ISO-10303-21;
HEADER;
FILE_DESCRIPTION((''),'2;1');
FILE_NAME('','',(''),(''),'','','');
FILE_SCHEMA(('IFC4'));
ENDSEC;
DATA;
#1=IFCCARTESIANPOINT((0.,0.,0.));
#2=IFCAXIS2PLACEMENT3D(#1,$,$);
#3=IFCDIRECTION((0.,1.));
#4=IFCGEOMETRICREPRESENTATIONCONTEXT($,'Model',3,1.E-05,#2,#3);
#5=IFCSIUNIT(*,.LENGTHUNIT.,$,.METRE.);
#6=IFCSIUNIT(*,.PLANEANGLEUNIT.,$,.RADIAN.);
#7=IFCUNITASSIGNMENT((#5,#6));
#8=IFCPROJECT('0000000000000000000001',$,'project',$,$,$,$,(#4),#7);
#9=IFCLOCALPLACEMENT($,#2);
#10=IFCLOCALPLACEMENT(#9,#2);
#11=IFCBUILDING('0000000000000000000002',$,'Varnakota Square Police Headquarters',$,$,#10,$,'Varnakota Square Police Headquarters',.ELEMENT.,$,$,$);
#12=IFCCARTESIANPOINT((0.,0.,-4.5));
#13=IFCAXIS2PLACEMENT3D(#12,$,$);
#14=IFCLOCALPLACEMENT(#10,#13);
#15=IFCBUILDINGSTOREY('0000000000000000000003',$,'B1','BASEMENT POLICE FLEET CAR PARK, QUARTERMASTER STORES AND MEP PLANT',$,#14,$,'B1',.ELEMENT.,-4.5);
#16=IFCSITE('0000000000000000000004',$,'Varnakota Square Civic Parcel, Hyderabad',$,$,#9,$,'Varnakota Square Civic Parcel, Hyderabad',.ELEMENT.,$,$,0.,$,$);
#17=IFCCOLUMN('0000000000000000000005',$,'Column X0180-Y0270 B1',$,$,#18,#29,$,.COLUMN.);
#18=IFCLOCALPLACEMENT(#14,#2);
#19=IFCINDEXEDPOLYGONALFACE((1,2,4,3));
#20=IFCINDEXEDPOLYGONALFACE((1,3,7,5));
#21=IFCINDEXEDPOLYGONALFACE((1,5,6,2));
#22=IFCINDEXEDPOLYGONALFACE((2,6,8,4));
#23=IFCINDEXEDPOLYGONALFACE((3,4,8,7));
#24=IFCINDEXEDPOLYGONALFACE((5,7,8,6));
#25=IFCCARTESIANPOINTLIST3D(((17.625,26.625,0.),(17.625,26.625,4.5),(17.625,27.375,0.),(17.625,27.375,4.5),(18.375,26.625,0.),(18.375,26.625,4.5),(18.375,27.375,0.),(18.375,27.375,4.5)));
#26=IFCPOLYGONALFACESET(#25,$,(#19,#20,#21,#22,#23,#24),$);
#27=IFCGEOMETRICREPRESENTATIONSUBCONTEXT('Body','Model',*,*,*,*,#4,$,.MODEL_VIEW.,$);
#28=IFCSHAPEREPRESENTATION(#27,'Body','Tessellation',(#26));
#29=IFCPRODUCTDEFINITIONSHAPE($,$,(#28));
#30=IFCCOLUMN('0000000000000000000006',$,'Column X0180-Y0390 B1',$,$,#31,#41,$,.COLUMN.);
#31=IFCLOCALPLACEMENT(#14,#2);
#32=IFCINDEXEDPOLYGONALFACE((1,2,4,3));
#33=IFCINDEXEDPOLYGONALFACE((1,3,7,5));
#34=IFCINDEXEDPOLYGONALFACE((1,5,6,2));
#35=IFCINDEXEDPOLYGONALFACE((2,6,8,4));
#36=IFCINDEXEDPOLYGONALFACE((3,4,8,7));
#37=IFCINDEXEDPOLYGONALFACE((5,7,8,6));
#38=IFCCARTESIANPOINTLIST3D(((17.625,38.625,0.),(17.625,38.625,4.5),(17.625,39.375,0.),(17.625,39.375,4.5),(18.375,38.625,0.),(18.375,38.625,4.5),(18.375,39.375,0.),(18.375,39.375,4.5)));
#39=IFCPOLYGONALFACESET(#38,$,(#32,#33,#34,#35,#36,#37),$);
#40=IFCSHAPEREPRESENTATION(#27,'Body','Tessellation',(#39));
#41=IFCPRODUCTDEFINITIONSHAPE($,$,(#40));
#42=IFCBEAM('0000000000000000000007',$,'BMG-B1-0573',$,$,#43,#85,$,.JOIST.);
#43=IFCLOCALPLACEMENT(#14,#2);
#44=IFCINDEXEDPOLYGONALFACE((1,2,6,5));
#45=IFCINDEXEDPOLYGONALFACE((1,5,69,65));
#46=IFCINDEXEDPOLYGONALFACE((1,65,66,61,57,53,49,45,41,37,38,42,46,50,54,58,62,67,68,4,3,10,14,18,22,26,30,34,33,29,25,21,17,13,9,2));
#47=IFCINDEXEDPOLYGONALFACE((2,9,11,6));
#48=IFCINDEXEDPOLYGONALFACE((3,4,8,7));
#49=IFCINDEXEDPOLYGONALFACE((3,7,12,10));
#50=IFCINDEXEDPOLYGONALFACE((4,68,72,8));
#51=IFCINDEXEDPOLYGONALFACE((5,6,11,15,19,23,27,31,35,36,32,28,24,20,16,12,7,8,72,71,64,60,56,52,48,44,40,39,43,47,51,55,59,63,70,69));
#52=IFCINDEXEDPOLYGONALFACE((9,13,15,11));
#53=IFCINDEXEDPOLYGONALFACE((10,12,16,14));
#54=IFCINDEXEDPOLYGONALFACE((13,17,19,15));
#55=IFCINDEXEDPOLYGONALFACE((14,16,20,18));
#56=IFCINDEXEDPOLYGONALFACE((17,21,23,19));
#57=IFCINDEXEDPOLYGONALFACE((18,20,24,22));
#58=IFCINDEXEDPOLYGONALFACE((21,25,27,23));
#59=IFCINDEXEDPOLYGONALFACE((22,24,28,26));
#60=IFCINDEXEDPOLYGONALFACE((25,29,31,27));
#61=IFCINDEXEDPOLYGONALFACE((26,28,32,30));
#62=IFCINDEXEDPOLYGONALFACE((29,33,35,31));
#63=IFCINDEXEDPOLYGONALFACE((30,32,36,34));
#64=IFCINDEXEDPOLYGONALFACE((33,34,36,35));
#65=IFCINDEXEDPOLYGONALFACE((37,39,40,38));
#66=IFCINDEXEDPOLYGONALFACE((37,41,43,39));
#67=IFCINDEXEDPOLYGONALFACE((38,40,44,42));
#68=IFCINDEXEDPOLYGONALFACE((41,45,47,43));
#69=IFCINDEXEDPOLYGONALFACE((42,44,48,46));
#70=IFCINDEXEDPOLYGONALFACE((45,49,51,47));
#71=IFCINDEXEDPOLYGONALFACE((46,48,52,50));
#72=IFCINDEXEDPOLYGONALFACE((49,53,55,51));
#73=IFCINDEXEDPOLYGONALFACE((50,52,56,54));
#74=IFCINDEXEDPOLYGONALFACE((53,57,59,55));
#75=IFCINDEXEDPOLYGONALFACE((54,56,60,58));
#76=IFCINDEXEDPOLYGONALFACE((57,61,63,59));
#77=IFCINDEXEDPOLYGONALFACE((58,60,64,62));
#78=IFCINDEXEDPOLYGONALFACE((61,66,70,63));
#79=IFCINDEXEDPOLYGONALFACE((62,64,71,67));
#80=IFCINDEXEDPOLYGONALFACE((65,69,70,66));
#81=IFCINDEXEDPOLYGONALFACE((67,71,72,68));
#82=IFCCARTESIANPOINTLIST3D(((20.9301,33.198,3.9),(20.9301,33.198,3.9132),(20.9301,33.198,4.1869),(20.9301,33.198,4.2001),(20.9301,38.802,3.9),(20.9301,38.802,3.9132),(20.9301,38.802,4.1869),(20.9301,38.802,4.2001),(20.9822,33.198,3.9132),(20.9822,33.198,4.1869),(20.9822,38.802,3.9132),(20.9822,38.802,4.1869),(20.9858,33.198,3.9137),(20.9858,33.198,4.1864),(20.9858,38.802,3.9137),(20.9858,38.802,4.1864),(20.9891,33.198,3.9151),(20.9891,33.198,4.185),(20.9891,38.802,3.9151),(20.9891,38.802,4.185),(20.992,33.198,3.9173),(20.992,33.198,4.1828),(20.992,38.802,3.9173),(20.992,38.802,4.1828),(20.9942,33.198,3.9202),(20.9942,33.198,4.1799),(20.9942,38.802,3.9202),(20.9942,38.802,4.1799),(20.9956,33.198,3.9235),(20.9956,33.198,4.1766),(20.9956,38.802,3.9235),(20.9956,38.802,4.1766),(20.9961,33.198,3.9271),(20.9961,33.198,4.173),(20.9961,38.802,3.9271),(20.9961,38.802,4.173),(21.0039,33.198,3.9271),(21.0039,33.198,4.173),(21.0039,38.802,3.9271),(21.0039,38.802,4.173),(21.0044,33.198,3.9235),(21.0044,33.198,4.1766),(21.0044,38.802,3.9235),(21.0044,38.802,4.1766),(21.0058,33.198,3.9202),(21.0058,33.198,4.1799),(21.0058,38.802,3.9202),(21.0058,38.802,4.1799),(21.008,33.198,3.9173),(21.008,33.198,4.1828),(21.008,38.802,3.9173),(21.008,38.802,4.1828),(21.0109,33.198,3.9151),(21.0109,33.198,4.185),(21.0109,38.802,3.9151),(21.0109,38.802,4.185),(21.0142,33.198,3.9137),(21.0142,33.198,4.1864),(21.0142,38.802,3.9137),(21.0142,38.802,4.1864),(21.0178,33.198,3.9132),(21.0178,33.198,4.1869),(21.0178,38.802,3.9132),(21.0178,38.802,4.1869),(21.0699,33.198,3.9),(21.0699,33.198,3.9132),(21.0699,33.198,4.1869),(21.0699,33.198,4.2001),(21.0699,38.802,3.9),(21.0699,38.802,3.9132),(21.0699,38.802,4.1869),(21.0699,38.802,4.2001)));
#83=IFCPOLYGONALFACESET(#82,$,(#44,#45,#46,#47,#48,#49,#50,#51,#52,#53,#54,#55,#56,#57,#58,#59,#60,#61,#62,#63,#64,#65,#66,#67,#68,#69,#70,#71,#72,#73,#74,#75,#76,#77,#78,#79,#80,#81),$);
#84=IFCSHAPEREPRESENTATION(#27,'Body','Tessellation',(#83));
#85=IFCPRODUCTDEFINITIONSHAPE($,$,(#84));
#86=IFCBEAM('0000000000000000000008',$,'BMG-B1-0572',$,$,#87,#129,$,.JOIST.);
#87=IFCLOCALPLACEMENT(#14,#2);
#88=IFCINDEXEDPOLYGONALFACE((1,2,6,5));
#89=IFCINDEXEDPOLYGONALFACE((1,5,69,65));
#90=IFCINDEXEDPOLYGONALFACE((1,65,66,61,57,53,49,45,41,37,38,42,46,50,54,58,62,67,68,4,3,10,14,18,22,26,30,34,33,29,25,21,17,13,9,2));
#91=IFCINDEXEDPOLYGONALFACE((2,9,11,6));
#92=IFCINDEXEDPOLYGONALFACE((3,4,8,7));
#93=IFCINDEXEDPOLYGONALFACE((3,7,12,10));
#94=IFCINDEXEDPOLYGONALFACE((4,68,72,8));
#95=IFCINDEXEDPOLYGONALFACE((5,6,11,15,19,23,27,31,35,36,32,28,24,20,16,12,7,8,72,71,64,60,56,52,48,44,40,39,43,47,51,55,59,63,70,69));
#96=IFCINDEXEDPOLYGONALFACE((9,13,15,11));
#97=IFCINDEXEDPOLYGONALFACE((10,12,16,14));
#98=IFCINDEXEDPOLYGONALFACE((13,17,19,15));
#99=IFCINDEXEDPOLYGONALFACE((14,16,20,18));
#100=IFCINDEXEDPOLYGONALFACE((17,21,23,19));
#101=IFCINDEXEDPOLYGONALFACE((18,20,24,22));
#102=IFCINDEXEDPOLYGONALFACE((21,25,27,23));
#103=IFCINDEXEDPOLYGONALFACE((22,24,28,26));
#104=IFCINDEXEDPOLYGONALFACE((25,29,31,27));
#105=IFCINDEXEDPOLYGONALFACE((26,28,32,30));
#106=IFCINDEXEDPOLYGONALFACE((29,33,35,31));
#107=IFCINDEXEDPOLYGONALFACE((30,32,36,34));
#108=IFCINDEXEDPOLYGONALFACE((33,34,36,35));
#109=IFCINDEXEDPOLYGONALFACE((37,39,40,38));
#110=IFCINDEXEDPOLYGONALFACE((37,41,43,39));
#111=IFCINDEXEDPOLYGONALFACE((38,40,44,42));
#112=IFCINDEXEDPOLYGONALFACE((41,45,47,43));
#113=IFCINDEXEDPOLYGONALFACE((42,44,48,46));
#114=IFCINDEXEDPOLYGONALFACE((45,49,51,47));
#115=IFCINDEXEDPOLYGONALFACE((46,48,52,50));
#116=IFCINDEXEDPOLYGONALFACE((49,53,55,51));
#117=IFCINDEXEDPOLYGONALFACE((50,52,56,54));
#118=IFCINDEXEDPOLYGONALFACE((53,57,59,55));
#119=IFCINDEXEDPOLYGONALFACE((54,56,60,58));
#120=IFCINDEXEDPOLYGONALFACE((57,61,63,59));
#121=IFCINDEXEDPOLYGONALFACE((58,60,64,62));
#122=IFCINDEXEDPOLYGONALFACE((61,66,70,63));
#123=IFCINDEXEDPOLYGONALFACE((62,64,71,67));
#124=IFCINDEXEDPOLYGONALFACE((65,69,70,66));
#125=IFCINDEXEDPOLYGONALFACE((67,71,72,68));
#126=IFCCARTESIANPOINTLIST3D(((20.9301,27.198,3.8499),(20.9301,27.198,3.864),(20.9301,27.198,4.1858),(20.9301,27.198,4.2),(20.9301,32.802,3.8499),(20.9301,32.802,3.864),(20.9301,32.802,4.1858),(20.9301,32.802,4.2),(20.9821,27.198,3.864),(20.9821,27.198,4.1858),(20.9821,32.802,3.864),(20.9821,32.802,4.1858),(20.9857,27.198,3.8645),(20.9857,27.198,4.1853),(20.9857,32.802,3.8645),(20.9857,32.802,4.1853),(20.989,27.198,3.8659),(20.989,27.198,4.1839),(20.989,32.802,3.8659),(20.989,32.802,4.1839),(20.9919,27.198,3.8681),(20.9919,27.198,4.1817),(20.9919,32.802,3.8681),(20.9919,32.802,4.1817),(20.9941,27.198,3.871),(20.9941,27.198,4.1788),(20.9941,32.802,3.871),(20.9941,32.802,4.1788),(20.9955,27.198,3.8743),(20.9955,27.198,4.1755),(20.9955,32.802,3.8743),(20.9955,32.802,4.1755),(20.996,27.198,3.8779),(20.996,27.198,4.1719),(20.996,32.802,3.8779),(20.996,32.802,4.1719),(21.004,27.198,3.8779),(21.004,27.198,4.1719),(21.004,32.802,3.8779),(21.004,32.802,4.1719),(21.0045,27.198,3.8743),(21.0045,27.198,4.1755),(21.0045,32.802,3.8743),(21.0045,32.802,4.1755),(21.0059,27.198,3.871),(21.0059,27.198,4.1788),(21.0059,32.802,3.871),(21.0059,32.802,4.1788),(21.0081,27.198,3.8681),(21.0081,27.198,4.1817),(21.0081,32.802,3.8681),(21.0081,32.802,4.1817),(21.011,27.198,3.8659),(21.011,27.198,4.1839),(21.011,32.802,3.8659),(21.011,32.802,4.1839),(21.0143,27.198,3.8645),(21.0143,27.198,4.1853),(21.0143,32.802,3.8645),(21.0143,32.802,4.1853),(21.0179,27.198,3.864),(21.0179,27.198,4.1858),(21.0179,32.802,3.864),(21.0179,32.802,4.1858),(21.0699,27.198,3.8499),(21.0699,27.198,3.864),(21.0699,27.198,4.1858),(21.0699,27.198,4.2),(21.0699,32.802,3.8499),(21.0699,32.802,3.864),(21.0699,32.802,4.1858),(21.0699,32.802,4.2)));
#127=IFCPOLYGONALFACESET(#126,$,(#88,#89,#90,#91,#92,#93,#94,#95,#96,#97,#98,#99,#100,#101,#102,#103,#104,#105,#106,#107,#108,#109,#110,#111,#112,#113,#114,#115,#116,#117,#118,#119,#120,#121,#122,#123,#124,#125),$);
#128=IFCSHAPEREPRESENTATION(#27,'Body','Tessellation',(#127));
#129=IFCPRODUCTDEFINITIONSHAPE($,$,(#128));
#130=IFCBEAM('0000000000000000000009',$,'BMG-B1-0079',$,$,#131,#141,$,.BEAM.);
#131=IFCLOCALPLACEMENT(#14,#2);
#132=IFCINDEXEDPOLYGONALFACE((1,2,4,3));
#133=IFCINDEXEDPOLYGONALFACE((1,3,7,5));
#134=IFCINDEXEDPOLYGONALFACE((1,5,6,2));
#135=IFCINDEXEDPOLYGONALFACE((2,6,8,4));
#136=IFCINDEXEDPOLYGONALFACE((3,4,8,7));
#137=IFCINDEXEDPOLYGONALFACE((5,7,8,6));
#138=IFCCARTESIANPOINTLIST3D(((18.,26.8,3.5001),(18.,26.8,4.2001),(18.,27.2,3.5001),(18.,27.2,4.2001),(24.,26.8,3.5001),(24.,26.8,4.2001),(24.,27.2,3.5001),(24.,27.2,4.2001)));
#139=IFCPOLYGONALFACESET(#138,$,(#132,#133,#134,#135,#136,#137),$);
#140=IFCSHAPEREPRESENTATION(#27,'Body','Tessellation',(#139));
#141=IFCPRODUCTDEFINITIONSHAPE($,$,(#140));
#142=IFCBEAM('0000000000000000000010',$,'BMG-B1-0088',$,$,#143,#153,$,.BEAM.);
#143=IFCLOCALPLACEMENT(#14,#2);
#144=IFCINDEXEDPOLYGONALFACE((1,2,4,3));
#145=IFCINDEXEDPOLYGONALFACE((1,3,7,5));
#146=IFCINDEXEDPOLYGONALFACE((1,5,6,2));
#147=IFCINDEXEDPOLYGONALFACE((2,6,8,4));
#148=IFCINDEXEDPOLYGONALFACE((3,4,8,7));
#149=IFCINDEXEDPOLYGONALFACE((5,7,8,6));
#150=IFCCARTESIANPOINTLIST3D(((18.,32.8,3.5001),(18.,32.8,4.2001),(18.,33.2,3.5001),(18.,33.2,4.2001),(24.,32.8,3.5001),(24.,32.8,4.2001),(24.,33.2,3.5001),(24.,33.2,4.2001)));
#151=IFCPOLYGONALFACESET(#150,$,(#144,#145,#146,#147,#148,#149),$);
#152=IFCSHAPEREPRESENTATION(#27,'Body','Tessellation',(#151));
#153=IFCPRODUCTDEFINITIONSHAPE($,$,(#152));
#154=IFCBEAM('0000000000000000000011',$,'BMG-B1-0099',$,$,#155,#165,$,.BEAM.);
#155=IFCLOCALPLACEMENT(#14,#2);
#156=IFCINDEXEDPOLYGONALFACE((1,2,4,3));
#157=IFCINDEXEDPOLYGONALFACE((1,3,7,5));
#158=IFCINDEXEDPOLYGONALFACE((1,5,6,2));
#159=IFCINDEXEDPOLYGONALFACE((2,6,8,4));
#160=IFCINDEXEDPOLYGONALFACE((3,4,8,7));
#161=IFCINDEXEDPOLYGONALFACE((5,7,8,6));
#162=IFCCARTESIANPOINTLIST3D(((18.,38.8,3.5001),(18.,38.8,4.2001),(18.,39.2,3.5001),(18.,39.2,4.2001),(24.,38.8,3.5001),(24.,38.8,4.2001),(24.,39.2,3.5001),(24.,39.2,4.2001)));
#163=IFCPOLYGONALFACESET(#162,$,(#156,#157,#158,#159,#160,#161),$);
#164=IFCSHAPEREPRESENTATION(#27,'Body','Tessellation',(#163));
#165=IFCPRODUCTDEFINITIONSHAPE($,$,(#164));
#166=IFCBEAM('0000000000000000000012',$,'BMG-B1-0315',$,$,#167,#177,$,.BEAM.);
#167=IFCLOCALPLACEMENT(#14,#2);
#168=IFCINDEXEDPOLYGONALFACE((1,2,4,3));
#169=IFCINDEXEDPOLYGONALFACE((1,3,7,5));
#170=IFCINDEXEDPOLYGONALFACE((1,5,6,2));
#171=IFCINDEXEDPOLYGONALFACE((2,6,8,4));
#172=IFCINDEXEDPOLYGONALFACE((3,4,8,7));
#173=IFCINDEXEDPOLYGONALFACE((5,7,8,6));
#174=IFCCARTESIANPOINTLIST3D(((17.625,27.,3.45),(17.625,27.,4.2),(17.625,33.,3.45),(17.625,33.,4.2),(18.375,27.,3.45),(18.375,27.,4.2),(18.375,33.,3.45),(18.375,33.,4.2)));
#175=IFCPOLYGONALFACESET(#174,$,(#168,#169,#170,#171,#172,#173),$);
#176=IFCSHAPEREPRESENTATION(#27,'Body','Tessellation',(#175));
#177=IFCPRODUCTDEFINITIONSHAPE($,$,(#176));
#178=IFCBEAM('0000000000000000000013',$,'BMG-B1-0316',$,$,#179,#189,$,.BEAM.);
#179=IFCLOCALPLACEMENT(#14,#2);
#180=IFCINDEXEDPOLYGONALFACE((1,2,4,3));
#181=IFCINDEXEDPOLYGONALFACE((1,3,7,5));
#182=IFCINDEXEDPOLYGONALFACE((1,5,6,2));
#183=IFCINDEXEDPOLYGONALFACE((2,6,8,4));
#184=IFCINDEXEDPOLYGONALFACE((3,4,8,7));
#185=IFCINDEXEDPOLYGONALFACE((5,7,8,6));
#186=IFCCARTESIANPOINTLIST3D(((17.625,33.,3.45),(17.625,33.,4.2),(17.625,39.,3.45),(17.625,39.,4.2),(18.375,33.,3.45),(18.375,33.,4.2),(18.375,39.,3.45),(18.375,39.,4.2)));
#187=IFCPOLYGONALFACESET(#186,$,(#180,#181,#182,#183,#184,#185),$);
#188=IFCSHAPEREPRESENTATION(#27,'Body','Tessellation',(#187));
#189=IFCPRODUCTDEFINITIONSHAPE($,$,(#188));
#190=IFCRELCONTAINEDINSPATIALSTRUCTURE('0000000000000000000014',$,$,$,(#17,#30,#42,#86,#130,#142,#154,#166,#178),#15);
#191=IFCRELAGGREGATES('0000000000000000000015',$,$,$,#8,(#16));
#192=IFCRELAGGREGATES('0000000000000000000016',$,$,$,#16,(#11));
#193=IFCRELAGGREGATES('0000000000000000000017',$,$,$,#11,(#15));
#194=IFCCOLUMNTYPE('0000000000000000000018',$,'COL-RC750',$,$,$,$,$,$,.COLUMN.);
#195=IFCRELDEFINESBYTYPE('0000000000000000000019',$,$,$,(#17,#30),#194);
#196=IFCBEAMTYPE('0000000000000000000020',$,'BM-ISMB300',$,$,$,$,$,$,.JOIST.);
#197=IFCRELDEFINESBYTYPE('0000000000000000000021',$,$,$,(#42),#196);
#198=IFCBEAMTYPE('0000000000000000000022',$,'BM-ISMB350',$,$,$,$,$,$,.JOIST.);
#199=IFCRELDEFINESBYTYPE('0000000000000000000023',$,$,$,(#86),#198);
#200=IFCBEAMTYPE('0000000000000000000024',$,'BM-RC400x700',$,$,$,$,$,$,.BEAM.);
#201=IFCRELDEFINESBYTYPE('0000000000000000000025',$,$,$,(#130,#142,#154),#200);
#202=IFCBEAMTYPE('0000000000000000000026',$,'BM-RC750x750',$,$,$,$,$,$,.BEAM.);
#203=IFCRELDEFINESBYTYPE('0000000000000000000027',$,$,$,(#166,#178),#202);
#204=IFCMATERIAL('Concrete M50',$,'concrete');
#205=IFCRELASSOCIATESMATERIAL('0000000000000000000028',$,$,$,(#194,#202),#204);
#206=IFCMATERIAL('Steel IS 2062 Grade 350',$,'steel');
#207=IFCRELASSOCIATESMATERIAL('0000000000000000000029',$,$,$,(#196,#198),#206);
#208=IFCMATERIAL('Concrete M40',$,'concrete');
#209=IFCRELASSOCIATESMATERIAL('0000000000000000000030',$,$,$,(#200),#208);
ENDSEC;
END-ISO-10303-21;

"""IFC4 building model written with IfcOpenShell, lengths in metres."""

from ifc_helpers import new_model, si_unit, direction, frame, origin, origin_2d, place, context, subcontext, project, spatial, rectangle, i_section, extrude, material, material_profile, profile_set, type_object, element, save


model = new_model("IFC4")

# Units and contexts
model_context = context("Model", 3, precision=1e-05, world=origin(), true_north=direction((0.0, 1.0)))
body_context = subcontext(model_context, "Body", "Model", "MODEL_VIEW")
ifc_project = project(units=[si_unit("LENGTHUNIT", "METRE"), si_unit("PLANEANGLEUNIT", "RADIAN")], contexts=[model_context])

# Site, building, storey
site_placement = place(None, origin())
site = spatial("IfcSite", under=ifc_project, at=site_placement, Name="Varnakota Square Civic Parcel, Hyderabad", LongName="Varnakota Square Civic Parcel, Hyderabad", CompositionType="ELEMENT", RefElevation=0.0)
building_placement = place(site_placement, origin())
building = spatial("IfcBuilding", under=site, at=building_placement, Name="Varnakota Square Police Headquarters", LongName="Varnakota Square Police Headquarters", CompositionType="ELEMENT")
storey_placement = place(building_placement, frame((0.0, 0.0, -4.5)))
storey = spatial("IfcBuildingStorey", under=building, at=storey_placement, Name="B1", Description="BASEMENT POLICE FLEET CAR PARK, QUARTERMASTER STORES AND MEP PLANT", LongName="B1", CompositionType="ELEMENT", Elevation=-4.5)

# Shared definitions
ifc_material_1 = material(Name="Concrete M50", Category="concrete")

# Columns
ifc_material_profile_1 = material_profile(ifc_material_1, rectangle(XDim=0.75, YDim=0.75, at=origin_2d()), Name="RC 750x750")
ifc_profile_set_1 = profile_set([ifc_material_profile_1], Name="Concrete M50")
column_type_1 = type_object("IfcColumnType", Name="COL-RC750", PredefinedType="COLUMN", material=ifc_profile_set_1)
for number, where, z_axis, x_axis, name in (
    (1, (18.0, 27.0, 0.0), (0.0, 0.0, 1.0), (1.0, 0.0, 0.0), "Column X0180-Y0270 B1"),
    (2, (18.0, 39.0, 0.0), (0.0, 0.0, 1.0), (1.0, 0.0, 0.0), "Column X0180-Y0390 B1"),
):
    element("IfcColumn", number, at=place(storey_placement, frame(where, z_axis=z_axis, x_axis=x_axis)), inside=storey, type_object=column_type_1, Name=name, PredefinedType="COLUMN", context=body_context, shape_type="SweptSolid", body=[
        extrude(rectangle(XDim=0.75, YDim=0.75, at=origin_2d()), origin(), (0.0, 0.0, 1.0), 4.5),
    ])

# Beams
ifc_material_2 = material(Name="Steel IS 2062 Grade 350", Category="steel")
ifc_material_profile_2 = material_profile(ifc_material_2, i_section(OverallWidth=0.1399, OverallDepth=0.3, WebThickness=0.0078, FlangeThickness=0.0132, FilletRadius=0.0139, at=origin_2d()), Name="ISMB 300")
ifc_profile_set_2 = profile_set([ifc_material_profile_2], Name="Steel IS 2062 Grade 350")
beam_type_1 = type_object("IfcBeamType", Name="BM-ISMB300", PredefinedType="JOIST", material=ifc_profile_set_2)
beam_1_placement = place(storey_placement, frame((21.0, 33.198, 4.05), z_axis=(0.0, 1.0, 0.0), x_axis=(-1.0, 0.0, 0.0)))
element("IfcBeam", 3, at=beam_1_placement, inside=storey, type_object=beam_type_1, Name="BMG-B1-0573", PredefinedType="JOIST", context=body_context, shape_type="SweptSolid", body=[
    extrude(i_section(OverallWidth=0.1399, OverallDepth=0.3, WebThickness=0.0078, FlangeThickness=0.0132, FilletRadius=0.0139, at=origin_2d()), origin(), (0.0, 0.0, 1.0), 5.604),
])
ifc_material_profile_3 = material_profile(ifc_material_2, i_section(OverallWidth=0.1399, OverallDepth=0.3501, WebThickness=0.0081, FlangeThickness=0.0142, FilletRadius=0.0139, at=origin_2d()), Name="ISMB 350")
ifc_profile_set_3 = profile_set([ifc_material_profile_3], Name="Steel IS 2062 Grade 350")
beam_type_2 = type_object("IfcBeamType", Name="BM-ISMB350", PredefinedType="JOIST", material=ifc_profile_set_3)
beam_2_placement = place(storey_placement, frame((21.0, 27.198, 4.0249), z_axis=(0.0, 1.0, 0.0), x_axis=(-1.0, 0.0, 0.0)))
element("IfcBeam", 4, at=beam_2_placement, inside=storey, type_object=beam_type_2, Name="BMG-B1-0572", PredefinedType="JOIST", context=body_context, shape_type="SweptSolid", body=[
    extrude(i_section(OverallWidth=0.1399, OverallDepth=0.3501, WebThickness=0.0081, FlangeThickness=0.0142, FilletRadius=0.0139, at=origin_2d()), origin(), (0.0, 0.0, 1.0), 5.604),
])
ifc_material_3 = material(Name="Concrete M40", Category="concrete")
ifc_material_profile_4 = material_profile(ifc_material_3, rectangle(XDim=0.3999, YDim=0.7, at=origin_2d()), Name="RC 400x700")
ifc_profile_set_4 = profile_set([ifc_material_profile_4], Name="Concrete M40")
beam_type_3 = type_object("IfcBeamType", Name="BM-RC400x700", PredefinedType="BEAM", material=ifc_profile_set_4)
for number, where, z_axis, x_axis, name in (
    (5, (18.0, 27.0, 3.8501), (1.0, 0.0, 0.0), (0.0, 1.0, 0.0), "BMG-B1-0079"),
    (6, (18.0, 33.0, 3.8501), (1.0, 0.0, 0.0), (0.0, 1.0, 0.0), "BMG-B1-0088"),
    (7, (18.0, 39.0, 3.8501), (1.0, 0.0, 0.0), (0.0, 1.0, 0.0), "BMG-B1-0099"),
):
    element("IfcBeam", number, at=place(storey_placement, frame(where, z_axis=z_axis, x_axis=x_axis)), inside=storey, type_object=beam_type_3, Name=name, PredefinedType="BEAM", context=body_context, shape_type="SweptSolid", body=[
        extrude(rectangle(XDim=0.3999, YDim=0.7, at=origin_2d()), origin(), (0.0, 0.0, 1.0), 6.0),
    ])
ifc_material_profile_5 = material_profile(ifc_material_1, rectangle(XDim=0.75, YDim=0.75, at=origin_2d()), Name="RC 750x750")
ifc_profile_set_5 = profile_set([ifc_material_profile_5], Name="Concrete M50")
beam_type_4 = type_object("IfcBeamType", Name="BM-RC750x750", PredefinedType="BEAM", material=ifc_profile_set_5)
for number, where, z_axis, x_axis, name in (
    (8, (18.0, 27.0, 3.825), (0.0, 1.0, 0.0), (-1.0, 0.0, 0.0), "BMG-B1-0315"),
    (9, (18.0, 33.0, 3.825), (0.0, 1.0, 0.0), (-1.0, 0.0, 0.0), "BMG-B1-0316"),
):
    element("IfcBeam", number, at=place(storey_placement, frame(where, z_axis=z_axis, x_axis=x_axis)), inside=storey, type_object=beam_type_4, Name=name, PredefinedType="BEAM", context=body_context, shape_type="SweptSolid", body=[
        extrude(rectangle(XDim=0.75, YDim=0.75, at=origin_2d()), origin(), (0.0, 0.0, 1.0), 6.0),
    ])

save(model, "model.ifc")
